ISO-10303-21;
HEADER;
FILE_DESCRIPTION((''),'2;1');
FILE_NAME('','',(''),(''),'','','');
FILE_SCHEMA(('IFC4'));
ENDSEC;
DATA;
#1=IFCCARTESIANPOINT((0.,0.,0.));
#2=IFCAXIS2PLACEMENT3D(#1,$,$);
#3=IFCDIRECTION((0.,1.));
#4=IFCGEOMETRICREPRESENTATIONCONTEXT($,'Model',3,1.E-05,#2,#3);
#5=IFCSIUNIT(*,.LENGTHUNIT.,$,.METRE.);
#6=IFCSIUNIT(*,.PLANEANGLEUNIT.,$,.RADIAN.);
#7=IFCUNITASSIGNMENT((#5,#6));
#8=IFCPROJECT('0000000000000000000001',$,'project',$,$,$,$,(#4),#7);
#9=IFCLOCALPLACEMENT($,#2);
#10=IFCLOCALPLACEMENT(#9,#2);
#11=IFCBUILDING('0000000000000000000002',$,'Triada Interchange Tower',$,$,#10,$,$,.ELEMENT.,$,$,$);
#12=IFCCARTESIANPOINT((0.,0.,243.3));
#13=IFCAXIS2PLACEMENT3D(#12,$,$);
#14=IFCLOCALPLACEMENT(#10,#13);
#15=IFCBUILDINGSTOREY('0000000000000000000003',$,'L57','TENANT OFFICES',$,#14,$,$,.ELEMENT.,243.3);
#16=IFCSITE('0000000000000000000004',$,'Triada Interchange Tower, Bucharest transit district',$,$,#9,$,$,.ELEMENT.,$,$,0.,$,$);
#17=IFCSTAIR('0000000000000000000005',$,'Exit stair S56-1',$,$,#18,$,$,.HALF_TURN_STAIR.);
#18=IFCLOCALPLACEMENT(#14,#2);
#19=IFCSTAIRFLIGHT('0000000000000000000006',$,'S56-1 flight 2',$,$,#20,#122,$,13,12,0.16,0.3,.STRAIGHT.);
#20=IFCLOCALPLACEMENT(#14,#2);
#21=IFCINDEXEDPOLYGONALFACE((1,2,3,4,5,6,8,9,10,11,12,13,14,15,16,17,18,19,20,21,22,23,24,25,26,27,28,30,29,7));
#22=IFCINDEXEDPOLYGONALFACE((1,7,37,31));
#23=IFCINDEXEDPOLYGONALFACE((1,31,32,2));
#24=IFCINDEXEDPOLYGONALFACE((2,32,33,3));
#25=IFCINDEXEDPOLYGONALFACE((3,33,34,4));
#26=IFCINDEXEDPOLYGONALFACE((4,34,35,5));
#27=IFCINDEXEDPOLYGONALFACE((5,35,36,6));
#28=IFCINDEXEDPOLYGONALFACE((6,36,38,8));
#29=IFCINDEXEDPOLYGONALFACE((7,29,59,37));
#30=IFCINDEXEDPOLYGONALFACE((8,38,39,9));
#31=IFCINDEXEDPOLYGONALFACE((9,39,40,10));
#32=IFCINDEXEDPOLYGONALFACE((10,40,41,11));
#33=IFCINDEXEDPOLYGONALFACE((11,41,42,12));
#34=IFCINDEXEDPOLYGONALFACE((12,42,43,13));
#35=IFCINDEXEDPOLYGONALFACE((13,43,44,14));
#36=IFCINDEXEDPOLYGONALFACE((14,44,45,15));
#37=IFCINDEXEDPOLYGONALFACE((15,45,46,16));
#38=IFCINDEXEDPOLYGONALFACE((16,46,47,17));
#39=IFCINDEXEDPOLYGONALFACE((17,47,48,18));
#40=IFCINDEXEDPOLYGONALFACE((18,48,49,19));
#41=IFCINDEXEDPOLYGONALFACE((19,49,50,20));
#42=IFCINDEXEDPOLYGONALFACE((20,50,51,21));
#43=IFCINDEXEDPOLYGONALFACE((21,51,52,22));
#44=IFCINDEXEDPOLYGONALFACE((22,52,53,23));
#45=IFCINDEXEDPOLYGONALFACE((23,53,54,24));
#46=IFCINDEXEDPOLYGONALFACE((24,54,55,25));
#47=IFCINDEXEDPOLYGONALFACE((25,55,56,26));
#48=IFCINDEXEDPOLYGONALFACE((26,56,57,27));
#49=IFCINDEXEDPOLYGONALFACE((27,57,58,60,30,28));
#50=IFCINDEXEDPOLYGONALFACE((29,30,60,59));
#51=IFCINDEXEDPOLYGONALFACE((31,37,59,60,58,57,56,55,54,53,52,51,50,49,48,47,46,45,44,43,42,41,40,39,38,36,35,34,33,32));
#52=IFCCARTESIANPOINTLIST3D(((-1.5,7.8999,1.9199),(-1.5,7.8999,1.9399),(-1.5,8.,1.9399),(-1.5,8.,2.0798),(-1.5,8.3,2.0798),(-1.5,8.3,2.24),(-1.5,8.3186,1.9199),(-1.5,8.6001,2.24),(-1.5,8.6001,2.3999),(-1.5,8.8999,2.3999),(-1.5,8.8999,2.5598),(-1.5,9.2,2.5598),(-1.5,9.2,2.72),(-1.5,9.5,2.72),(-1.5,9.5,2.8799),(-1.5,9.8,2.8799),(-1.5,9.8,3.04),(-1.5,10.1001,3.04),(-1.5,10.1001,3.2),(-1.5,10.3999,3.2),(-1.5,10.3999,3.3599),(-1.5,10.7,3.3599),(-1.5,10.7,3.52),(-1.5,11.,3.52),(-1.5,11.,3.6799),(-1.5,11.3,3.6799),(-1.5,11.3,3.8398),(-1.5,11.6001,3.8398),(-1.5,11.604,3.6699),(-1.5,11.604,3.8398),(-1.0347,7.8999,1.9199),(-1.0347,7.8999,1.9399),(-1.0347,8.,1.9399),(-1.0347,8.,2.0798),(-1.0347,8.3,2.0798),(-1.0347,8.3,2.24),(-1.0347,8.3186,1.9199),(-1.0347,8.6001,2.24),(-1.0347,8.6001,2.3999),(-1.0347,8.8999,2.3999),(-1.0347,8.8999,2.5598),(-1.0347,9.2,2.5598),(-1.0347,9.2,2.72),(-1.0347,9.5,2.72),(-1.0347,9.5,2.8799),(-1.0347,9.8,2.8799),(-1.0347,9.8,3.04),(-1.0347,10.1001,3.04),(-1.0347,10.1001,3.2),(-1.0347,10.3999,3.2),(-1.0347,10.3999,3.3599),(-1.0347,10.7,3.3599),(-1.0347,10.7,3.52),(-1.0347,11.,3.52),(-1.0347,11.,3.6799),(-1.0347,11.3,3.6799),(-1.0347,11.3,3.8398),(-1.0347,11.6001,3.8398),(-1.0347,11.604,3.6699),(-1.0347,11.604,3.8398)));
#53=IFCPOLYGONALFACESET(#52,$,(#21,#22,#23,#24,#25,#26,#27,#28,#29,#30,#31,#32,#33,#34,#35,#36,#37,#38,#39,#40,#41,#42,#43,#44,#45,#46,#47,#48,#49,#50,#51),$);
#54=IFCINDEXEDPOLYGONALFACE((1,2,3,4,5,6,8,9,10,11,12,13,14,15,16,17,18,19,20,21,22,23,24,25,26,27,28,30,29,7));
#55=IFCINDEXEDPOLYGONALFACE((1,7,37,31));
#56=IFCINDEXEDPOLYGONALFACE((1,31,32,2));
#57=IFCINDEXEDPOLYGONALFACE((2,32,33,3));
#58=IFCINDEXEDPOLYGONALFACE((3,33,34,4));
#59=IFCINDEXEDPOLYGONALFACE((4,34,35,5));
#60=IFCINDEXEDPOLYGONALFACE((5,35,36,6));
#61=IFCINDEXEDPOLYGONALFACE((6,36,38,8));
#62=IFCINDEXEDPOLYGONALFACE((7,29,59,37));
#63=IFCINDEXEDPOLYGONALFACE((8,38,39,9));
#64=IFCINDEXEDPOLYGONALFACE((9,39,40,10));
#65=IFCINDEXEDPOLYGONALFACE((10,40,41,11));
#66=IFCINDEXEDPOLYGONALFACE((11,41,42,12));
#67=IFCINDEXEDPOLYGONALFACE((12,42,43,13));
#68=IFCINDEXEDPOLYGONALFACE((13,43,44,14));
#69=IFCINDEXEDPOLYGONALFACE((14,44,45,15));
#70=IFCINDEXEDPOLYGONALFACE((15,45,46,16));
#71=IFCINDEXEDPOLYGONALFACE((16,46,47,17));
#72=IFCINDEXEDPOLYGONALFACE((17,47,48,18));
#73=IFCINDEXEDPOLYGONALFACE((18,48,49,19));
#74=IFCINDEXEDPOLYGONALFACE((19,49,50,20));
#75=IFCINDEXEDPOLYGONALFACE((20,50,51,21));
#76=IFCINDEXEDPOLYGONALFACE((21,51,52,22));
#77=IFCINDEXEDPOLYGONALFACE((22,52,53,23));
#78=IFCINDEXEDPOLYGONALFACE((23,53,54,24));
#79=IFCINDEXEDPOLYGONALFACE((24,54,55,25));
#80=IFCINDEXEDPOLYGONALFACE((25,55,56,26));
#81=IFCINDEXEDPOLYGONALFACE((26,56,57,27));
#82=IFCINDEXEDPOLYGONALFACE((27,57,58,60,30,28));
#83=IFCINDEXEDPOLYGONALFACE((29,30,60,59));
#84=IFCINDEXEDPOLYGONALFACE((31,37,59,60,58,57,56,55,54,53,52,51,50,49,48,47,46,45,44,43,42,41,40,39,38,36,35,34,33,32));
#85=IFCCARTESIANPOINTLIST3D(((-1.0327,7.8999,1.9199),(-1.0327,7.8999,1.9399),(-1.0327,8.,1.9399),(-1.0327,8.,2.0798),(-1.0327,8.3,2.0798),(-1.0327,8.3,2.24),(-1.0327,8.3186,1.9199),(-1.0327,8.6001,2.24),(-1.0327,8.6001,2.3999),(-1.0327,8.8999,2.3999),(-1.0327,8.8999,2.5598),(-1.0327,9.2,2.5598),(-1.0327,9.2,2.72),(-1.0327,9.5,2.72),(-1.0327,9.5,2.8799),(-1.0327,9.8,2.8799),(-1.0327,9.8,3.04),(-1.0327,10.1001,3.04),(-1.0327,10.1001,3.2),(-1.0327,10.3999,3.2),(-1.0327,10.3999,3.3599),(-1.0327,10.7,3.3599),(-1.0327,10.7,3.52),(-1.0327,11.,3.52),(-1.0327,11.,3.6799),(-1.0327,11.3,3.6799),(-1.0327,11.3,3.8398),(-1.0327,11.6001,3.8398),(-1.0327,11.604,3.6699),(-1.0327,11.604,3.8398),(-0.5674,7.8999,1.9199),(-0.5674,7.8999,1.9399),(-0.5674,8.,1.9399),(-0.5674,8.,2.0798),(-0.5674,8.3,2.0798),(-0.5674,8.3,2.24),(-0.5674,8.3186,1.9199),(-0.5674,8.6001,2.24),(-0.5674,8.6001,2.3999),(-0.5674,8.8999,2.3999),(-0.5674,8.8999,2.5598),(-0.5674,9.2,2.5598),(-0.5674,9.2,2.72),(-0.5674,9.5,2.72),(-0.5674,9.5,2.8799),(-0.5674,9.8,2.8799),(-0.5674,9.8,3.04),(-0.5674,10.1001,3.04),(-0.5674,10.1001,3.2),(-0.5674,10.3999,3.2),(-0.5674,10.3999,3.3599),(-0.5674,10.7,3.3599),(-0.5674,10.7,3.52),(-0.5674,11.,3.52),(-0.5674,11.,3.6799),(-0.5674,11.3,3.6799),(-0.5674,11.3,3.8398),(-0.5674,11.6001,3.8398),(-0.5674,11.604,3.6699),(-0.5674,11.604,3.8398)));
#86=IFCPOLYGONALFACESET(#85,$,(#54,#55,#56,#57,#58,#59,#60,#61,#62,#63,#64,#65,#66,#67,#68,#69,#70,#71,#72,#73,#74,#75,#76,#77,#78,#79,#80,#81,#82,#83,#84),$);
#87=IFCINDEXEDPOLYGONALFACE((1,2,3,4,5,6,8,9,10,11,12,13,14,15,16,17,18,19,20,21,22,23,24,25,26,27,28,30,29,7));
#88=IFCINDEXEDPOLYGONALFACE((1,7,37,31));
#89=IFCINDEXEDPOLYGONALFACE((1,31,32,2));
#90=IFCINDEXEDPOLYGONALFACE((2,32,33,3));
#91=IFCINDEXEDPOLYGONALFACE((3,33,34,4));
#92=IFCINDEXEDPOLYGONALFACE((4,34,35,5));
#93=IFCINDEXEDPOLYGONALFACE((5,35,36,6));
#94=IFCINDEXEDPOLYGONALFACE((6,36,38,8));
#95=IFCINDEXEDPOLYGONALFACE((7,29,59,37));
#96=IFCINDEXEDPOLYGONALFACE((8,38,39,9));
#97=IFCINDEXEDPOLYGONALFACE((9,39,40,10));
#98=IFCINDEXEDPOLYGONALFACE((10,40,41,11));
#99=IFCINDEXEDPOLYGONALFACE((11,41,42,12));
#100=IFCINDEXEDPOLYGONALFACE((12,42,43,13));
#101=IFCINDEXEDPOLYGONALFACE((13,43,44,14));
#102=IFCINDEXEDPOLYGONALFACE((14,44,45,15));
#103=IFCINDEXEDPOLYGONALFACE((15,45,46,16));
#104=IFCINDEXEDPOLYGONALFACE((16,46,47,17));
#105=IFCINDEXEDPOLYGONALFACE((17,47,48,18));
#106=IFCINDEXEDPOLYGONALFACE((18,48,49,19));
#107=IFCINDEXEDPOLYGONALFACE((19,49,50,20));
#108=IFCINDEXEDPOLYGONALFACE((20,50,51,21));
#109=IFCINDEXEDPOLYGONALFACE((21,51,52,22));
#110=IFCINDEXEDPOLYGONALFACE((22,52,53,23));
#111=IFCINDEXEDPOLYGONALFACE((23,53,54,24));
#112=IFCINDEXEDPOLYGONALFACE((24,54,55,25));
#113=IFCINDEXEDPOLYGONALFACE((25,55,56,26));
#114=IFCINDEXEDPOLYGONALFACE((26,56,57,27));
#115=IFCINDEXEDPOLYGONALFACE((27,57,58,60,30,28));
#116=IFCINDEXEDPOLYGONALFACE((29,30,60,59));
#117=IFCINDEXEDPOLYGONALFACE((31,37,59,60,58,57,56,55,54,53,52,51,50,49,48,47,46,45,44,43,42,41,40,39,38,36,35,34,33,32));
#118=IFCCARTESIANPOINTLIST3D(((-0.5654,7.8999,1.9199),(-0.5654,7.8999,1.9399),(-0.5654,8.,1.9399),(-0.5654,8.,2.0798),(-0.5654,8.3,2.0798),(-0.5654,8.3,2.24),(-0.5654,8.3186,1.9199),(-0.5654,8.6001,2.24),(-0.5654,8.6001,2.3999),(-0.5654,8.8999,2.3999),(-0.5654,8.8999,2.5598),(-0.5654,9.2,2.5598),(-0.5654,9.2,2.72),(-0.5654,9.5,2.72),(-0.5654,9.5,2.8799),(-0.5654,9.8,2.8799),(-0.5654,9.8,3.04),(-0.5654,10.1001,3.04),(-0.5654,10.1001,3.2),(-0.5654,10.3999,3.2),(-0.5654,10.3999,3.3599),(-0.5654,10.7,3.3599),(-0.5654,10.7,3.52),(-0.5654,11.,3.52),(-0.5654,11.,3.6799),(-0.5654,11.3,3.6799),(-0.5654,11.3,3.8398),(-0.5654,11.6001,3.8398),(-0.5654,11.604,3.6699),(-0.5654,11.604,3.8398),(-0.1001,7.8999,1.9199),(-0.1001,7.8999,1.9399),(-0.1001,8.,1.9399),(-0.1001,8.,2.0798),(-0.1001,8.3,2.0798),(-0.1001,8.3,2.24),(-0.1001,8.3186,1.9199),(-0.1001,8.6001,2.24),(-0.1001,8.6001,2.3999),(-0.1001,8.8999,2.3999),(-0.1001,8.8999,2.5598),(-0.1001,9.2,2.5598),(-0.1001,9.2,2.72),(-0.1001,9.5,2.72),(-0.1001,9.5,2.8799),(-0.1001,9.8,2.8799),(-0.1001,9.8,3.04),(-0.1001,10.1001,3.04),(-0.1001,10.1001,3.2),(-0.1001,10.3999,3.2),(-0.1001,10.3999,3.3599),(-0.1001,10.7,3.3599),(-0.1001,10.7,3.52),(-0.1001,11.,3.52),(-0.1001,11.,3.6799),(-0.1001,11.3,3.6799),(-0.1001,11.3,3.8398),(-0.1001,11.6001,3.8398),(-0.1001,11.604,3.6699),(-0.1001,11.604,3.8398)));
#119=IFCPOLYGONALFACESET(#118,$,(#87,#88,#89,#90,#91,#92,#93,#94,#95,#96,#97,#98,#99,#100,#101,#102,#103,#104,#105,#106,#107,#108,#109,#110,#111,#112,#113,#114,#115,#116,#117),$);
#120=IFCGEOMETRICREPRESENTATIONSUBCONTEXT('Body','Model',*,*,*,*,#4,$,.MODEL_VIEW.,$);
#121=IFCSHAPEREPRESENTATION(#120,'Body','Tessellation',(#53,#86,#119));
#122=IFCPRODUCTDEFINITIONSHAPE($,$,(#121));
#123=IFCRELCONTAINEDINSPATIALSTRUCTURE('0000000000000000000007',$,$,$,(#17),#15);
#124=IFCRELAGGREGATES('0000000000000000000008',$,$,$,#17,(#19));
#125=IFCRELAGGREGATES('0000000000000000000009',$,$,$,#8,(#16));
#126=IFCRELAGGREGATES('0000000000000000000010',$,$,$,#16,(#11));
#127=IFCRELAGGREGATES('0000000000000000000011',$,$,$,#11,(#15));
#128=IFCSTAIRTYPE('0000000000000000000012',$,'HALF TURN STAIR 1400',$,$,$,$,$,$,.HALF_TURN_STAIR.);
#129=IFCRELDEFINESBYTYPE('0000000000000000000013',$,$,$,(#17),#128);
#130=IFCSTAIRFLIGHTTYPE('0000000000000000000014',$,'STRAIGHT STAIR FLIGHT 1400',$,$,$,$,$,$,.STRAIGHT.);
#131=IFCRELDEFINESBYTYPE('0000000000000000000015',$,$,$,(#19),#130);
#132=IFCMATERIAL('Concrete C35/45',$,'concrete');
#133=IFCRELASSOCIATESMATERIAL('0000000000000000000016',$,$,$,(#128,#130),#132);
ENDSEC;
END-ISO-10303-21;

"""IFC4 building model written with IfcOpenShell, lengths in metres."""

from ifc_helpers import new_model, si_unit, direction, frame, origin, place, context, subcontext, project, spatial, polyline, outline, extrude, material, type_object, element, aggregate, save


model = new_model("IFC4")

# Units and contexts
model_context = context("Model", 3, precision=1e-05, world=origin(), true_north=direction((0.0, 1.0)))
body_context = subcontext(model_context, "Body", "Model", "MODEL_VIEW")
ifc_project = project(units=[si_unit("LENGTHUNIT", "METRE"), si_unit("PLANEANGLEUNIT", "RADIAN")], contexts=[model_context])

# Site, building, storey
site_placement = place(None, origin())
site = spatial("IfcSite", under=ifc_project, at=site_placement, Name="Triada Interchange Tower, Bucharest transit district", CompositionType="ELEMENT", RefElevation=0.0)
building_placement = place(site_placement, origin())
building = spatial("IfcBuilding", under=site, at=building_placement, Name="Triada Interchange Tower", CompositionType="ELEMENT")
storey_placement = place(building_placement, frame((0.0, 0.0, 243.3)))
storey = spatial("IfcBuildingStorey", under=building, at=storey_placement, Name="L57", Description="TENANT OFFICES", CompositionType="ELEMENT", Elevation=243.3)

# Stair, stair flight
ifc_material_1 = material(Name="Concrete C35/45", Category="concrete")
stair_type = type_object("IfcStairType", Name="HALF TURN STAIR 1400", PredefinedType="HALF_TURN_STAIR", material=ifc_material_1)
stair_placement = place(storey_placement, origin())
stair = element("IfcStair", 1, at=stair_placement, inside=storey, type_object=stair_type, Name="Exit stair S56-1", PredefinedType="HALF_TURN_STAIR")
stair_flight_type = type_object("IfcStairFlightType", Name="STRAIGHT STAIR FLIGHT 1400", PredefinedType="STRAIGHT", material=ifc_material_1)
stair_flight_placement = place(storey_placement, frame((-0.8, 8.0, 1.9199), z_axis=(0.0, 0.0, 1.0), x_axis=(0.0, 1.0, 0.0)))
stair_flight = element("IfcStairFlight", 2, at=stair_flight_placement, type_object=stair_flight_type, Name="S56-1 flight 2", NumberOfRisers=13, NumberOfTreads=12, PredefinedType="STRAIGHT", RiserHeight=0.16, TreadLength=0.3, context=body_context, shape_type="SweptSolid", body=[
    extrude(outline(polyline([(-0.1001, 0.0), (-0.1001, 0.02), (0.0, 0.02), (0.0, 0.1599), (0.3, 0.1599), (0.3, 0.3201), (0.6001, 0.3201), (0.6001, 0.48), (0.8999, 0.48), (0.8999, 0.6399), (1.2, 0.6399), (1.2, 0.8), (1.5, 0.8), (1.5, 0.96), (1.8, 0.96), (1.8, 1.1201), (2.1001, 1.1201), (2.1001, 1.28), (2.3999, 1.28), (2.3999, 1.4399), (2.7, 1.4399), (2.7, 1.6001), (3.0, 1.6001), (3.0, 1.76), (3.3, 1.76), (3.3, 1.9199), (3.6001, 1.9199), (3.604, 1.9199), (3.604, 2.0801), (3.604, 1.75), (0.3186, 0.0), (-0.1001, 0.0)])), frame((0.0, 0.7, 0.0), z_axis=(0.0, -1.0, 0.0), x_axis=(1.0, 0.0, 0.0)), (0.0, 0.0, 1.0), 0.4653),
    extrude(outline(polyline([(-0.1001, 0.0), (-0.1001, 0.02), (0.0, 0.02), (0.0, 0.1599), (0.3, 0.1599), (0.3, 0.3201), (0.6001, 0.3201), (0.6001, 0.48), (0.8999, 0.48), (0.8999, 0.6399), (1.2, 0.6399), (1.2, 0.8), (1.5, 0.8), (1.5, 0.96), (1.8, 0.96), (1.8, 1.1201), (2.1001, 1.1201), (2.1001, 1.28), (2.3999, 1.28), (2.3999, 1.4399), (2.7, 1.4399), (2.7, 1.6001), (3.0, 1.6001), (3.0, 1.76), (3.3, 1.76), (3.3, 1.9199), (3.6001, 1.9199), (3.604, 1.9199), (3.604, 2.0801), (3.604, 1.75), (0.3186, 0.0), (-0.1001, 0.0)])), frame((0.0, 0.2327, 0.0), z_axis=(0.0, -1.0, 0.0), x_axis=(1.0, 0.0, 0.0)), (0.0, 0.0, 1.0), 0.4653),
    extrude(outline(polyline([(-0.1001, 0.0), (-0.1001, 0.02), (0.0, 0.02), (0.0, 0.1599), (0.3, 0.1599), (0.3, 0.3201), (0.6001, 0.3201), (0.6001, 0.48), (0.8999, 0.48), (0.8999, 0.6399), (1.2, 0.6399), (1.2, 0.8), (1.5, 0.8), (1.5, 0.96), (1.8, 0.96), (1.8, 1.1201), (2.1001, 1.1201), (2.1001, 1.28), (2.3999, 1.28), (2.3999, 1.4399), (2.7, 1.4399), (2.7, 1.6001), (3.0, 1.6001), (3.0, 1.76), (3.3, 1.76), (3.3, 1.9199), (3.6001, 1.9199), (3.604, 1.9199), (3.604, 2.0801), (3.604, 1.75), (0.3186, 0.0), (-0.1001, 0.0)])), frame((0.0, -0.2346, 0.0), z_axis=(0.0, -1.0, 0.0), x_axis=(1.0, 0.0, 0.0)), (0.0, 0.0, 1.0), 0.4653),
])
aggregate(stair, [stair_flight])

save(model, "model.ifc")
